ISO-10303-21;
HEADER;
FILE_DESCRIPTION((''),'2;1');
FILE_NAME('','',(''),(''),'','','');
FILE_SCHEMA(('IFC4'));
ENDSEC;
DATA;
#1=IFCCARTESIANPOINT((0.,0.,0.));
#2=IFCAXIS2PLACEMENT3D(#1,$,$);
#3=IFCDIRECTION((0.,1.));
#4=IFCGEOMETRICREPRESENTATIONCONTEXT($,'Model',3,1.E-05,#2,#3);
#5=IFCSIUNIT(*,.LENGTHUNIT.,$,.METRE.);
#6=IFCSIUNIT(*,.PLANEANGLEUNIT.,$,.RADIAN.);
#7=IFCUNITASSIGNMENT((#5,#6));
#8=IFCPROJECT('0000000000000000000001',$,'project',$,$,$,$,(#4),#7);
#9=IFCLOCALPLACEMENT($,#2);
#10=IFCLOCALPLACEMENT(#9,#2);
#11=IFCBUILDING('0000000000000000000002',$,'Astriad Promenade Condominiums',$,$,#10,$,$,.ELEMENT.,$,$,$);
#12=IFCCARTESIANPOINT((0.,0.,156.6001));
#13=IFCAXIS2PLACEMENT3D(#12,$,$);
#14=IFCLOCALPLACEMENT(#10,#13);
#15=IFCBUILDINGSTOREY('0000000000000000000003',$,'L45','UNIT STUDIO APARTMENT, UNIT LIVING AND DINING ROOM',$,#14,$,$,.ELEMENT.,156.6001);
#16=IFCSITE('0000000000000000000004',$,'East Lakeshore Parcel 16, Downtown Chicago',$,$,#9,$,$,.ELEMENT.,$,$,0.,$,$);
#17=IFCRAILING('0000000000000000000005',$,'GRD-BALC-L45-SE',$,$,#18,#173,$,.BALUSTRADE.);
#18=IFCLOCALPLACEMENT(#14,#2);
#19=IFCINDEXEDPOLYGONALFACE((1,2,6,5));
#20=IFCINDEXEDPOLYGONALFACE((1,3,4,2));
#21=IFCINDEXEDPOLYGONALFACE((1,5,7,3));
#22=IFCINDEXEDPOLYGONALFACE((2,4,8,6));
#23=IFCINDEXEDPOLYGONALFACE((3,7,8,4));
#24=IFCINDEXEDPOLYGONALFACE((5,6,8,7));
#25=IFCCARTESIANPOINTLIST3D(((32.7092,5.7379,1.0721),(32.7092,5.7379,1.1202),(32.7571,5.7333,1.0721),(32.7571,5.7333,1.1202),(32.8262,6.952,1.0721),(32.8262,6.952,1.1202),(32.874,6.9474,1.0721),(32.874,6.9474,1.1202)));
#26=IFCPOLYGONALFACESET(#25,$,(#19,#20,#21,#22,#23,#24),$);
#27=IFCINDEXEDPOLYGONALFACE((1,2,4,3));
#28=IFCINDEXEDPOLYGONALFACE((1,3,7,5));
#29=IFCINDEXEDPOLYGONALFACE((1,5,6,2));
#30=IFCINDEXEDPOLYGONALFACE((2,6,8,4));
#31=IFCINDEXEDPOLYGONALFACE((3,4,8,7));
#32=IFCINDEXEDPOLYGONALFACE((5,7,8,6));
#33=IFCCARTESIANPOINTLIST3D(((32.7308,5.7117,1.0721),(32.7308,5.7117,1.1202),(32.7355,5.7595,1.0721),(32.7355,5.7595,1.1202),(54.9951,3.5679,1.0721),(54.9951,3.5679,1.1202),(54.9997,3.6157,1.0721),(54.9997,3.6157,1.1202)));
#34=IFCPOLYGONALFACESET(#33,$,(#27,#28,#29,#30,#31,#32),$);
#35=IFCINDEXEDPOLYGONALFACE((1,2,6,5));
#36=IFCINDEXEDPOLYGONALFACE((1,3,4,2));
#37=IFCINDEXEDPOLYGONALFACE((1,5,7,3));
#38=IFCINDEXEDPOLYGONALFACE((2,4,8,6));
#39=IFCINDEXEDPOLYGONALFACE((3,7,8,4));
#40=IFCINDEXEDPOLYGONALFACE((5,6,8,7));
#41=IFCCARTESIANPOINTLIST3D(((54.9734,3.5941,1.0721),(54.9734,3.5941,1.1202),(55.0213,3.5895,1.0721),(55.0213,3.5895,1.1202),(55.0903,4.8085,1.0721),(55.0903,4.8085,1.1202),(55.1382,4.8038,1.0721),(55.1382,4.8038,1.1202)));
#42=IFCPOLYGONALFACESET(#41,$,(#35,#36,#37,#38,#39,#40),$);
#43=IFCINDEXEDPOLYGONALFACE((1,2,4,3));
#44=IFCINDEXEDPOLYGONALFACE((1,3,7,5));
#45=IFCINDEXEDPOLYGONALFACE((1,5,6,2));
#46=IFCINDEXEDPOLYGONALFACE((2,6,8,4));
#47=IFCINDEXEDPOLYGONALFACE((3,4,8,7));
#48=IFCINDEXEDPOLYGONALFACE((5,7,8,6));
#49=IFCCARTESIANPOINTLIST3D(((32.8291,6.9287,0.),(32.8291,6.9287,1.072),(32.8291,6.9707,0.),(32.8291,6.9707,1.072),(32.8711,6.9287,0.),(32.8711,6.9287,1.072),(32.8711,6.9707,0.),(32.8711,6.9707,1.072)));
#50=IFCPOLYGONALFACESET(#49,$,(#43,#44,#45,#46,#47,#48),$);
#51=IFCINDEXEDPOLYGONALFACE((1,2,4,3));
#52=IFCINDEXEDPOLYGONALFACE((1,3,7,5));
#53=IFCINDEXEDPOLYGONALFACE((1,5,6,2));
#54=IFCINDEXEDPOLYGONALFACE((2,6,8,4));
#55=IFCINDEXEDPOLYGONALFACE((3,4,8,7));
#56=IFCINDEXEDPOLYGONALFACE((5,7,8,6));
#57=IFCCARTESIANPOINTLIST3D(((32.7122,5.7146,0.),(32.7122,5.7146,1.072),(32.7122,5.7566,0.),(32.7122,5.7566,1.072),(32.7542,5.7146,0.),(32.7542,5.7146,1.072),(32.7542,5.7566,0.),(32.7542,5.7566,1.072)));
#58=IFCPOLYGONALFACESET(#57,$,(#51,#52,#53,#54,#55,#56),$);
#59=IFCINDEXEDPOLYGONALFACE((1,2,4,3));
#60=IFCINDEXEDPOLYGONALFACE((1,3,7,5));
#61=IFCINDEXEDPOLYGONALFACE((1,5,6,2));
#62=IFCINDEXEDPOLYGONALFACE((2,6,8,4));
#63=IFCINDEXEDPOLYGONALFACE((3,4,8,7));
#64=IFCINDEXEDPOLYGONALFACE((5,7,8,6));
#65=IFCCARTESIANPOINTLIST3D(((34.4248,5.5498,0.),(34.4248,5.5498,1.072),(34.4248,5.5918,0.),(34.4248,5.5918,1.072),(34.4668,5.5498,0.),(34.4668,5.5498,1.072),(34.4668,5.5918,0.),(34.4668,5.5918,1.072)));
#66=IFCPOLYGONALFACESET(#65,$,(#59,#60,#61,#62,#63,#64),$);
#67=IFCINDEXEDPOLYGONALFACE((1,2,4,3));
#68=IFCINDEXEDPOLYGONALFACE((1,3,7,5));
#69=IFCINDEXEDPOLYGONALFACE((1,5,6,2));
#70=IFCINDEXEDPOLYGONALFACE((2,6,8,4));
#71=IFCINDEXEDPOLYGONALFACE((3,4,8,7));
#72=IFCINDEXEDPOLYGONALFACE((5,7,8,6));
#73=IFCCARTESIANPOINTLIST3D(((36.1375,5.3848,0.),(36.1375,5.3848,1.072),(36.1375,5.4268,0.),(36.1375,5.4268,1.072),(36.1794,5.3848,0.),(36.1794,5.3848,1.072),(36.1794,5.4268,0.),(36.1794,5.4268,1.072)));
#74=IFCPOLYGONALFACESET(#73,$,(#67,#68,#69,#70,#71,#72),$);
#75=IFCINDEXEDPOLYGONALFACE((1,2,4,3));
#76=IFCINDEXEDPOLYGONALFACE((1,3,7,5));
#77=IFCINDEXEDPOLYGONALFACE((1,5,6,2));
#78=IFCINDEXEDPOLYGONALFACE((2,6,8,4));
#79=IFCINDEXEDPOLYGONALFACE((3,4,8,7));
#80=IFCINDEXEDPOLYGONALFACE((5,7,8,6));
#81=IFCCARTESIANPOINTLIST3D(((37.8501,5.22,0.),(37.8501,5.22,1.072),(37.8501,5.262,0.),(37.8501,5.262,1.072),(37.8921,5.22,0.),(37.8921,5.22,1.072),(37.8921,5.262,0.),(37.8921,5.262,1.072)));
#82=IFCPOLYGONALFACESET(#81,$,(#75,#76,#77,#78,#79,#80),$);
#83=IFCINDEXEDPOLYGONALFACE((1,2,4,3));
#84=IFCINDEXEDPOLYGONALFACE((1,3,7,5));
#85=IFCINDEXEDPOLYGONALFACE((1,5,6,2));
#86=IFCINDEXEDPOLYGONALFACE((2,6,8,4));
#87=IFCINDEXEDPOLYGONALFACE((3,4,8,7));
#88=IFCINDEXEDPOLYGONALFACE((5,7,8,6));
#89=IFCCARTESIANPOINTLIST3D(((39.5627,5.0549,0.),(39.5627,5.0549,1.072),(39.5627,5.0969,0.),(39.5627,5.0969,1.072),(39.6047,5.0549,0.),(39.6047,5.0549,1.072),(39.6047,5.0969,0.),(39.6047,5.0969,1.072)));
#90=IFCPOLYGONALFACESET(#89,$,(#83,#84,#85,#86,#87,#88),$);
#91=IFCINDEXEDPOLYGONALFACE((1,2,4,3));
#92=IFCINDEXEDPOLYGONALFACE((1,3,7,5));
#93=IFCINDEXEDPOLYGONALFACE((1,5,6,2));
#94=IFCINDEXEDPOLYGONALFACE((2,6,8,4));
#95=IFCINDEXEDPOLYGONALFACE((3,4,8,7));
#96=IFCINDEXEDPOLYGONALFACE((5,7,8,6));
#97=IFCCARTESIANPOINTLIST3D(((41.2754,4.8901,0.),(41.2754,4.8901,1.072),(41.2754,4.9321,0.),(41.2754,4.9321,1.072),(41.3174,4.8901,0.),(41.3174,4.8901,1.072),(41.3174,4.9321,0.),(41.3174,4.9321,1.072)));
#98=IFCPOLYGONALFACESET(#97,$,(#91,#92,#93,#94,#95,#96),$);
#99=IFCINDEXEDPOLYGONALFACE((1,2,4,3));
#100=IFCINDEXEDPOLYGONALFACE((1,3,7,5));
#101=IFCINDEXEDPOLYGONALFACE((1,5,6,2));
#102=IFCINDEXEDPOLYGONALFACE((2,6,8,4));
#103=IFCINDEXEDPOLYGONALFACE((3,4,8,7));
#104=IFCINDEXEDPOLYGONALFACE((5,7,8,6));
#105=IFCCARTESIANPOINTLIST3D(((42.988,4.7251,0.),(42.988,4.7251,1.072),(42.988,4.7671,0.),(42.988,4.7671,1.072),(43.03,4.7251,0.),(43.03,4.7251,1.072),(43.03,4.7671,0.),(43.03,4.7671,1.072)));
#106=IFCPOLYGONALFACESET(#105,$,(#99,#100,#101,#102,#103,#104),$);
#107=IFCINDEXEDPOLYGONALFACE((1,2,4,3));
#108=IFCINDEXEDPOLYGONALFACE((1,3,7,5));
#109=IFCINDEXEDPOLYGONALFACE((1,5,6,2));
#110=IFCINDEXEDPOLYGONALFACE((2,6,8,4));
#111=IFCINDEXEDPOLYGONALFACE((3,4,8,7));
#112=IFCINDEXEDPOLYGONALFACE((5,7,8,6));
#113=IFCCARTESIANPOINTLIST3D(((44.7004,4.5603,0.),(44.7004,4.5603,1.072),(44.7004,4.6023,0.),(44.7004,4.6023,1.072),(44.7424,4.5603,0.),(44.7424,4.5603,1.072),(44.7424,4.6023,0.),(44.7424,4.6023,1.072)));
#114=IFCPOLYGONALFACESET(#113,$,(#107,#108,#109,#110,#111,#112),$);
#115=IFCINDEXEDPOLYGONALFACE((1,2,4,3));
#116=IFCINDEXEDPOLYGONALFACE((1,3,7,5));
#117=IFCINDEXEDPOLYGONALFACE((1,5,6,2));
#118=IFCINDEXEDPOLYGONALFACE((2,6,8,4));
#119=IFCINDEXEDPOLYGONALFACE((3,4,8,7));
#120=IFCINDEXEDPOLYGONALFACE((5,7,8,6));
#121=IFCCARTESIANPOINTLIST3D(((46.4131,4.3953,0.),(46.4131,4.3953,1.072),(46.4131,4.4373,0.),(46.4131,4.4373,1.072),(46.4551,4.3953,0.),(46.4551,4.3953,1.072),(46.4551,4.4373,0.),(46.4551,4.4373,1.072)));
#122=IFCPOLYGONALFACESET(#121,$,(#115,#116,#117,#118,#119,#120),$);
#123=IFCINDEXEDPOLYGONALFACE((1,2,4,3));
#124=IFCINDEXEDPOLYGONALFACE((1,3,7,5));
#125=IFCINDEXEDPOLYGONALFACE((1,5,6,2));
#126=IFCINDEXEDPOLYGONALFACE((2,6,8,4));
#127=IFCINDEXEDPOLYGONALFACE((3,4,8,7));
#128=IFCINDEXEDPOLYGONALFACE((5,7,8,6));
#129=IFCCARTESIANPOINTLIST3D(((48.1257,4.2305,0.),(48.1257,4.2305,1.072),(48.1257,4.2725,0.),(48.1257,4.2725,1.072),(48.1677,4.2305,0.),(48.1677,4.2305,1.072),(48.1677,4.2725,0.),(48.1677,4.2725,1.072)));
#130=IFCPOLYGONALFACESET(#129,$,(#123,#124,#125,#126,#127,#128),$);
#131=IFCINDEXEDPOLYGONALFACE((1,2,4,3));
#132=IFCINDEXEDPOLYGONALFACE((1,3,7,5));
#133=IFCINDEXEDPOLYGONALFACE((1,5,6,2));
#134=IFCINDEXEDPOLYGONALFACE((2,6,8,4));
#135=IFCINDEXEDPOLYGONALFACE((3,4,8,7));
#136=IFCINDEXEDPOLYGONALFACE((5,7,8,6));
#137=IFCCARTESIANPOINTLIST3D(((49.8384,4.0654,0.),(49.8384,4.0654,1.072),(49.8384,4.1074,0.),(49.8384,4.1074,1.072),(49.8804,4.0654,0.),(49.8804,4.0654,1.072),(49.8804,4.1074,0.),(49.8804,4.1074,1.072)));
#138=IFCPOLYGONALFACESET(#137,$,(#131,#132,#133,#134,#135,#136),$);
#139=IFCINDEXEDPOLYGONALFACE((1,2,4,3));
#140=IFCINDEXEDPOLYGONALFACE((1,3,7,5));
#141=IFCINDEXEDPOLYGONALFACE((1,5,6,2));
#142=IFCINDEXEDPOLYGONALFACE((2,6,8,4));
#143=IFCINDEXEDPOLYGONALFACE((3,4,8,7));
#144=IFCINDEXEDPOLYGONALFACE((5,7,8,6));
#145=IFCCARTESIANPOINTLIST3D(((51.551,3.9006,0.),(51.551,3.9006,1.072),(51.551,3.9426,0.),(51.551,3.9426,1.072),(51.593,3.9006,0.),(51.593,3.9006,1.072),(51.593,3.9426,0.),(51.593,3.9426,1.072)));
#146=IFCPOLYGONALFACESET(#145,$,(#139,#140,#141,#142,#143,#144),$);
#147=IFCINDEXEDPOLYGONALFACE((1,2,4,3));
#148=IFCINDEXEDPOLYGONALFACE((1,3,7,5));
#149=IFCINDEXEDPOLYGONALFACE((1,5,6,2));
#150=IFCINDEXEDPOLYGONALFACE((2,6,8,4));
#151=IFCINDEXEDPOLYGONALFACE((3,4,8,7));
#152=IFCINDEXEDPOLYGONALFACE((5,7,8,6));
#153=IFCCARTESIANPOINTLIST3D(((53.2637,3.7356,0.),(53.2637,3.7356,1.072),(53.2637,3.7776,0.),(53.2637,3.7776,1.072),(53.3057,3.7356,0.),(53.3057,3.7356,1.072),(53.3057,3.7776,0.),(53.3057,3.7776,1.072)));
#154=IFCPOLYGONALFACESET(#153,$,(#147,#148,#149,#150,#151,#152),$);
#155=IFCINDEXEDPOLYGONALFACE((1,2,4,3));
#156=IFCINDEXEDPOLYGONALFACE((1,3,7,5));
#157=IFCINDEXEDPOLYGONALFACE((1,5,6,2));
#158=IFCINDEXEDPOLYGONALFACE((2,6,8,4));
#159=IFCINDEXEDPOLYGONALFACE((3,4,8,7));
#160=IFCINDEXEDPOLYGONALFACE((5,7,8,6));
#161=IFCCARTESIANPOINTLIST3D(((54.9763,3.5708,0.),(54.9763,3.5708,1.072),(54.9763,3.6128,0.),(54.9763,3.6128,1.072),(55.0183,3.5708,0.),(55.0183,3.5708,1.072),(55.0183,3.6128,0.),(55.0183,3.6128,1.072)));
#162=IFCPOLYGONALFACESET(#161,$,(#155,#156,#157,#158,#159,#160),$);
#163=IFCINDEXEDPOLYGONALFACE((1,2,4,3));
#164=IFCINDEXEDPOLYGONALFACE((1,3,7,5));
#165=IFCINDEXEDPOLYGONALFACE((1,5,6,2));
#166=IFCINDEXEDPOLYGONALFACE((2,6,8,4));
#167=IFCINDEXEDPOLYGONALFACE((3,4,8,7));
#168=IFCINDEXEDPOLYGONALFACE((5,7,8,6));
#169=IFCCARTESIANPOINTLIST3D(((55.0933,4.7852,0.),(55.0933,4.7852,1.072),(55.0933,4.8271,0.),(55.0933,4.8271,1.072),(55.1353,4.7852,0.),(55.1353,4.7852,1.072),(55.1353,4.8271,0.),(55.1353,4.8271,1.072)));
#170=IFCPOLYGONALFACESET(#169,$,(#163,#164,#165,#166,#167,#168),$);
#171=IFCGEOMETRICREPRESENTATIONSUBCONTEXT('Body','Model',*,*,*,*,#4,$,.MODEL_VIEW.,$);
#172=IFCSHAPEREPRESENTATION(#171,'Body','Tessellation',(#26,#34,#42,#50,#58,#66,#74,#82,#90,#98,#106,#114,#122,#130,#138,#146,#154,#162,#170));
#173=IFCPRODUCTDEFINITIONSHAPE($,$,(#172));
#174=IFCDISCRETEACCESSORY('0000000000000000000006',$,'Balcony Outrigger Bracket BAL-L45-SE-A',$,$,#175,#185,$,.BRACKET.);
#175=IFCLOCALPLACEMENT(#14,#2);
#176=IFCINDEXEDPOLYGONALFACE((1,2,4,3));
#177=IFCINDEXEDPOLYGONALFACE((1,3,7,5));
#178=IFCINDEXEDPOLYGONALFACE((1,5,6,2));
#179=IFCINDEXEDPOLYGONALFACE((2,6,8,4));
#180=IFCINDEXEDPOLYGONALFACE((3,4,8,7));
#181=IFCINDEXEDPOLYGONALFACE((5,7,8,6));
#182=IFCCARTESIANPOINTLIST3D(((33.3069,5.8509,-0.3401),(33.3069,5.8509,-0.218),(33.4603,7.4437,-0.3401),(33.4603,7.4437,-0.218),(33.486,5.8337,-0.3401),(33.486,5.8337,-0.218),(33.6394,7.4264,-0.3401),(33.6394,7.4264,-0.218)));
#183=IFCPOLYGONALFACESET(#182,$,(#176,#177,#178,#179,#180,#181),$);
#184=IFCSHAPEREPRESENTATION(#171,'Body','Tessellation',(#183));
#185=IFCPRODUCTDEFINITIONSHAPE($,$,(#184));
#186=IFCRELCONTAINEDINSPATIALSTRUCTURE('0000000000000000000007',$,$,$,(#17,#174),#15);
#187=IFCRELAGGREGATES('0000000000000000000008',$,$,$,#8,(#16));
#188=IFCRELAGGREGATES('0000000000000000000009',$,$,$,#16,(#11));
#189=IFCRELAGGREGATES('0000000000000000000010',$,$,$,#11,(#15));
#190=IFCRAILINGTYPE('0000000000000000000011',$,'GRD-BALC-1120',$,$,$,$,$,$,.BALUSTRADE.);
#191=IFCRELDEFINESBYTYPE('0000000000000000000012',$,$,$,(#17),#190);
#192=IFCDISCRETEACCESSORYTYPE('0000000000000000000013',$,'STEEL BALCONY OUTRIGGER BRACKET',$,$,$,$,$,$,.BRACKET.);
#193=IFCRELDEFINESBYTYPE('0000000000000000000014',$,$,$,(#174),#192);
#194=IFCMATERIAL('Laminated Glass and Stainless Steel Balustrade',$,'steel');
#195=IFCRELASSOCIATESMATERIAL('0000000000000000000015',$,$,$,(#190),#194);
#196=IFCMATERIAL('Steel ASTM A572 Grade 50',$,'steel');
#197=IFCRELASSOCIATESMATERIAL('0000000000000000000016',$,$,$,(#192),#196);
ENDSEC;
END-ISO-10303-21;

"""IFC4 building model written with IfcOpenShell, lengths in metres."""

from ifc_helpers import new_model, si_unit, direction, frame, origin, origin_2d, place, context, subcontext, project, spatial, rectangle, extrude, source, transform, mapped, material, type_object, type_shapes, element, save


model = new_model("IFC4")

# Units and contexts
model_context = context("Model", 3, precision=1e-05, world=origin(), true_north=direction((0.0, 1.0)))
body_context = subcontext(model_context, "Body", "Model", "MODEL_VIEW")
ifc_project = project(units=[si_unit("LENGTHUNIT", "METRE"), si_unit("PLANEANGLEUNIT", "RADIAN")], contexts=[model_context])

# Site, building, storey
site_placement = place(None, origin())
site = spatial("IfcSite", under=ifc_project, at=site_placement, Name="East Lakeshore Parcel 16, Downtown Chicago", CompositionType="ELEMENT", RefElevation=0.0)
building_placement = place(site_placement, origin())
building = spatial("IfcBuilding", under=site, at=building_placement, Name="Astriad Promenade Condominiums", CompositionType="ELEMENT")
storey_placement = place(building_placement, frame((0.0, 0.0, 156.6001)))
storey = spatial("IfcBuildingStorey", under=building, at=storey_placement, Name="L45", Description="UNIT STUDIO APARTMENT, UNIT LIVING AND DINING ROOM", CompositionType="ELEMENT", Elevation=156.6001)

# Railing
ifc_material_1 = material(Name="Laminated Glass and Stainless Steel Balustrade", Category="steel")
railing_type = type_object("IfcRailingType", Name="GRD-BALC-1120", PredefinedType="BALUSTRADE", material=ifc_material_1)
shared_shape_1 = source(origin(), body_context, "Body", "SweptSolid", [
    extrude(rectangle(XDim=0.0481, YDim=0.0481, at=origin_2d()), frame((0.0, 0.0, 1.0962), z_axis=(-0.095876, -0.995393, 0.0), x_axis=(0.995393, -0.095876, 0.0)), (0.0, 0.0, 1.0), 1.2197),
    extrude(rectangle(XDim=0.0481, YDim=0.0481, at=origin_2d()), frame((-0.1169, -1.2141, 1.0962), z_axis=(0.995396, -0.095846, 0.0), x_axis=(0.095846, 0.995396, 0.0)), (0.0, 0.0, 1.0), 22.3672),
    extrude(rectangle(XDim=0.0481, YDim=0.0481, at=origin_2d()), frame((22.1472, -3.3579, 1.0962), z_axis=(0.095857, 0.995395, 0.0), x_axis=(-0.995395, 0.095857, 0.0)), (0.0, 0.0, 1.0), 1.22),
    extrude(rectangle(XDim=0.042, YDim=0.042, at=origin_2d()), origin(), (0.0, 0.0, 1.0), 1.072),
    extrude(rectangle(XDim=0.042, YDim=0.042, at=origin_2d()), frame((-0.1169, -1.2141, 0.0)), (0.0, 0.0, 1.0), 1.072),
    extrude(rectangle(XDim=0.042, YDim=0.042, at=origin_2d()), frame((1.5957, -1.3789, 0.0)), (0.0, 0.0, 1.0), 1.072),
    extrude(rectangle(XDim=0.042, YDim=0.042, at=origin_2d()), frame((3.3083, -1.5439, 0.0)), (0.0, 0.0, 1.0), 1.072),
    extrude(rectangle(XDim=0.042, YDim=0.042, at=origin_2d()), frame((5.021, -1.7087, 0.0)), (0.0, 0.0, 1.0), 1.072),
    extrude(rectangle(XDim=0.042, YDim=0.042, at=origin_2d()), frame((6.7336, -1.8738, 0.0)), (0.0, 0.0, 1.0), 1.072),
    extrude(rectangle(XDim=0.042, YDim=0.042, at=origin_2d()), frame((8.4463, -2.0386, 0.0)), (0.0, 0.0, 1.0), 1.072),
    extrude(rectangle(XDim=0.042, YDim=0.042, at=origin_2d()), frame((10.1589, -2.2036, 0.0)), (0.0, 0.0, 1.0), 1.072),
    extrude(rectangle(XDim=0.042, YDim=0.042, at=origin_2d()), frame((11.8713, -2.3684, 0.0)), (0.0, 0.0, 1.0), 1.072),
    extrude(rectangle(XDim=0.042, YDim=0.042, at=origin_2d()), frame((13.584, -2.5334, 0.0)), (0.0, 0.0, 1.0), 1.072),
    extrude(rectangle(XDim=0.042, YDim=0.042, at=origin_2d()), frame((15.2966, -2.6982, 0.0)), (0.0, 0.0, 1.0), 1.072),
    extrude(rectangle(XDim=0.042, YDim=0.042, at=origin_2d()), frame((17.0093, -2.8633, 0.0)), (0.0, 0.0, 1.0), 1.072),
    extrude(rectangle(XDim=0.042, YDim=0.042, at=origin_2d()), frame((18.7219, -3.0281, 0.0)), (0.0, 0.0, 1.0), 1.072),
    extrude(rectangle(XDim=0.042, YDim=0.042, at=origin_2d()), frame((20.4346, -3.1931, 0.0)), (0.0, 0.0, 1.0), 1.072),
    extrude(rectangle(XDim=0.042, YDim=0.042, at=origin_2d()), frame((22.1472, -3.3579, 0.0)), (0.0, 0.0, 1.0), 1.072),
    extrude(rectangle(XDim=0.042, YDim=0.042, at=origin_2d()), frame((22.2642, -2.1436, 0.0)), (0.0, 0.0, 1.0), 1.072),
])
type_shapes(railing_type, [shared_shape_1])
railing_placement = place(storey_placement, frame((32.8501, 6.9497, 0.0)))
element("IfcRailing", 1, at=railing_placement, inside=storey, type_object=railing_type, Name="GRD-BALC-L45-SE", PredefinedType="BALUSTRADE", context=body_context, shape_type="MappedRepresentation", body=[
    mapped(shared_shape_1, transform((0.0, 0.0, 0.0), scale=1.0)),
])

# Discrete accessory
ifc_material_2 = material(Name="Steel ASTM A572 Grade 50", Category="steel")
discrete_accessory_type = type_object("IfcDiscreteAccessoryType", Name="STEEL BALCONY OUTRIGGER BRACKET", PredefinedType="BRACKET", material=ifc_material_2)
shared_shape_2 = source(origin(), body_context, "Body", "SweptSolid", [
    extrude(rectangle(XDim=1.6001, YDim=0.1799, at=origin_2d()), origin(), (0.0, 0.0, 1.0), 0.1221),
])
type_shapes(discrete_accessory_type, [shared_shape_2])
discrete_accessory_placement = place(storey_placement, frame((33.4731, 6.6387, -0.3401), z_axis=(0.0, 0.0, 1.0), x_axis=(-0.095846, -0.995396, 0.0)))
element("IfcDiscreteAccessory", 2, at=discrete_accessory_placement, inside=storey, type_object=discrete_accessory_type, Name="Balcony Outrigger Bracket BAL-L45-SE-A", PredefinedType="BRACKET", context=body_context, shape_type="MappedRepresentation", body=[
    mapped(shared_shape_2, transform((0.0, 0.0, 0.0), scale=1.0)),
])

save(model, "model.ifc")
